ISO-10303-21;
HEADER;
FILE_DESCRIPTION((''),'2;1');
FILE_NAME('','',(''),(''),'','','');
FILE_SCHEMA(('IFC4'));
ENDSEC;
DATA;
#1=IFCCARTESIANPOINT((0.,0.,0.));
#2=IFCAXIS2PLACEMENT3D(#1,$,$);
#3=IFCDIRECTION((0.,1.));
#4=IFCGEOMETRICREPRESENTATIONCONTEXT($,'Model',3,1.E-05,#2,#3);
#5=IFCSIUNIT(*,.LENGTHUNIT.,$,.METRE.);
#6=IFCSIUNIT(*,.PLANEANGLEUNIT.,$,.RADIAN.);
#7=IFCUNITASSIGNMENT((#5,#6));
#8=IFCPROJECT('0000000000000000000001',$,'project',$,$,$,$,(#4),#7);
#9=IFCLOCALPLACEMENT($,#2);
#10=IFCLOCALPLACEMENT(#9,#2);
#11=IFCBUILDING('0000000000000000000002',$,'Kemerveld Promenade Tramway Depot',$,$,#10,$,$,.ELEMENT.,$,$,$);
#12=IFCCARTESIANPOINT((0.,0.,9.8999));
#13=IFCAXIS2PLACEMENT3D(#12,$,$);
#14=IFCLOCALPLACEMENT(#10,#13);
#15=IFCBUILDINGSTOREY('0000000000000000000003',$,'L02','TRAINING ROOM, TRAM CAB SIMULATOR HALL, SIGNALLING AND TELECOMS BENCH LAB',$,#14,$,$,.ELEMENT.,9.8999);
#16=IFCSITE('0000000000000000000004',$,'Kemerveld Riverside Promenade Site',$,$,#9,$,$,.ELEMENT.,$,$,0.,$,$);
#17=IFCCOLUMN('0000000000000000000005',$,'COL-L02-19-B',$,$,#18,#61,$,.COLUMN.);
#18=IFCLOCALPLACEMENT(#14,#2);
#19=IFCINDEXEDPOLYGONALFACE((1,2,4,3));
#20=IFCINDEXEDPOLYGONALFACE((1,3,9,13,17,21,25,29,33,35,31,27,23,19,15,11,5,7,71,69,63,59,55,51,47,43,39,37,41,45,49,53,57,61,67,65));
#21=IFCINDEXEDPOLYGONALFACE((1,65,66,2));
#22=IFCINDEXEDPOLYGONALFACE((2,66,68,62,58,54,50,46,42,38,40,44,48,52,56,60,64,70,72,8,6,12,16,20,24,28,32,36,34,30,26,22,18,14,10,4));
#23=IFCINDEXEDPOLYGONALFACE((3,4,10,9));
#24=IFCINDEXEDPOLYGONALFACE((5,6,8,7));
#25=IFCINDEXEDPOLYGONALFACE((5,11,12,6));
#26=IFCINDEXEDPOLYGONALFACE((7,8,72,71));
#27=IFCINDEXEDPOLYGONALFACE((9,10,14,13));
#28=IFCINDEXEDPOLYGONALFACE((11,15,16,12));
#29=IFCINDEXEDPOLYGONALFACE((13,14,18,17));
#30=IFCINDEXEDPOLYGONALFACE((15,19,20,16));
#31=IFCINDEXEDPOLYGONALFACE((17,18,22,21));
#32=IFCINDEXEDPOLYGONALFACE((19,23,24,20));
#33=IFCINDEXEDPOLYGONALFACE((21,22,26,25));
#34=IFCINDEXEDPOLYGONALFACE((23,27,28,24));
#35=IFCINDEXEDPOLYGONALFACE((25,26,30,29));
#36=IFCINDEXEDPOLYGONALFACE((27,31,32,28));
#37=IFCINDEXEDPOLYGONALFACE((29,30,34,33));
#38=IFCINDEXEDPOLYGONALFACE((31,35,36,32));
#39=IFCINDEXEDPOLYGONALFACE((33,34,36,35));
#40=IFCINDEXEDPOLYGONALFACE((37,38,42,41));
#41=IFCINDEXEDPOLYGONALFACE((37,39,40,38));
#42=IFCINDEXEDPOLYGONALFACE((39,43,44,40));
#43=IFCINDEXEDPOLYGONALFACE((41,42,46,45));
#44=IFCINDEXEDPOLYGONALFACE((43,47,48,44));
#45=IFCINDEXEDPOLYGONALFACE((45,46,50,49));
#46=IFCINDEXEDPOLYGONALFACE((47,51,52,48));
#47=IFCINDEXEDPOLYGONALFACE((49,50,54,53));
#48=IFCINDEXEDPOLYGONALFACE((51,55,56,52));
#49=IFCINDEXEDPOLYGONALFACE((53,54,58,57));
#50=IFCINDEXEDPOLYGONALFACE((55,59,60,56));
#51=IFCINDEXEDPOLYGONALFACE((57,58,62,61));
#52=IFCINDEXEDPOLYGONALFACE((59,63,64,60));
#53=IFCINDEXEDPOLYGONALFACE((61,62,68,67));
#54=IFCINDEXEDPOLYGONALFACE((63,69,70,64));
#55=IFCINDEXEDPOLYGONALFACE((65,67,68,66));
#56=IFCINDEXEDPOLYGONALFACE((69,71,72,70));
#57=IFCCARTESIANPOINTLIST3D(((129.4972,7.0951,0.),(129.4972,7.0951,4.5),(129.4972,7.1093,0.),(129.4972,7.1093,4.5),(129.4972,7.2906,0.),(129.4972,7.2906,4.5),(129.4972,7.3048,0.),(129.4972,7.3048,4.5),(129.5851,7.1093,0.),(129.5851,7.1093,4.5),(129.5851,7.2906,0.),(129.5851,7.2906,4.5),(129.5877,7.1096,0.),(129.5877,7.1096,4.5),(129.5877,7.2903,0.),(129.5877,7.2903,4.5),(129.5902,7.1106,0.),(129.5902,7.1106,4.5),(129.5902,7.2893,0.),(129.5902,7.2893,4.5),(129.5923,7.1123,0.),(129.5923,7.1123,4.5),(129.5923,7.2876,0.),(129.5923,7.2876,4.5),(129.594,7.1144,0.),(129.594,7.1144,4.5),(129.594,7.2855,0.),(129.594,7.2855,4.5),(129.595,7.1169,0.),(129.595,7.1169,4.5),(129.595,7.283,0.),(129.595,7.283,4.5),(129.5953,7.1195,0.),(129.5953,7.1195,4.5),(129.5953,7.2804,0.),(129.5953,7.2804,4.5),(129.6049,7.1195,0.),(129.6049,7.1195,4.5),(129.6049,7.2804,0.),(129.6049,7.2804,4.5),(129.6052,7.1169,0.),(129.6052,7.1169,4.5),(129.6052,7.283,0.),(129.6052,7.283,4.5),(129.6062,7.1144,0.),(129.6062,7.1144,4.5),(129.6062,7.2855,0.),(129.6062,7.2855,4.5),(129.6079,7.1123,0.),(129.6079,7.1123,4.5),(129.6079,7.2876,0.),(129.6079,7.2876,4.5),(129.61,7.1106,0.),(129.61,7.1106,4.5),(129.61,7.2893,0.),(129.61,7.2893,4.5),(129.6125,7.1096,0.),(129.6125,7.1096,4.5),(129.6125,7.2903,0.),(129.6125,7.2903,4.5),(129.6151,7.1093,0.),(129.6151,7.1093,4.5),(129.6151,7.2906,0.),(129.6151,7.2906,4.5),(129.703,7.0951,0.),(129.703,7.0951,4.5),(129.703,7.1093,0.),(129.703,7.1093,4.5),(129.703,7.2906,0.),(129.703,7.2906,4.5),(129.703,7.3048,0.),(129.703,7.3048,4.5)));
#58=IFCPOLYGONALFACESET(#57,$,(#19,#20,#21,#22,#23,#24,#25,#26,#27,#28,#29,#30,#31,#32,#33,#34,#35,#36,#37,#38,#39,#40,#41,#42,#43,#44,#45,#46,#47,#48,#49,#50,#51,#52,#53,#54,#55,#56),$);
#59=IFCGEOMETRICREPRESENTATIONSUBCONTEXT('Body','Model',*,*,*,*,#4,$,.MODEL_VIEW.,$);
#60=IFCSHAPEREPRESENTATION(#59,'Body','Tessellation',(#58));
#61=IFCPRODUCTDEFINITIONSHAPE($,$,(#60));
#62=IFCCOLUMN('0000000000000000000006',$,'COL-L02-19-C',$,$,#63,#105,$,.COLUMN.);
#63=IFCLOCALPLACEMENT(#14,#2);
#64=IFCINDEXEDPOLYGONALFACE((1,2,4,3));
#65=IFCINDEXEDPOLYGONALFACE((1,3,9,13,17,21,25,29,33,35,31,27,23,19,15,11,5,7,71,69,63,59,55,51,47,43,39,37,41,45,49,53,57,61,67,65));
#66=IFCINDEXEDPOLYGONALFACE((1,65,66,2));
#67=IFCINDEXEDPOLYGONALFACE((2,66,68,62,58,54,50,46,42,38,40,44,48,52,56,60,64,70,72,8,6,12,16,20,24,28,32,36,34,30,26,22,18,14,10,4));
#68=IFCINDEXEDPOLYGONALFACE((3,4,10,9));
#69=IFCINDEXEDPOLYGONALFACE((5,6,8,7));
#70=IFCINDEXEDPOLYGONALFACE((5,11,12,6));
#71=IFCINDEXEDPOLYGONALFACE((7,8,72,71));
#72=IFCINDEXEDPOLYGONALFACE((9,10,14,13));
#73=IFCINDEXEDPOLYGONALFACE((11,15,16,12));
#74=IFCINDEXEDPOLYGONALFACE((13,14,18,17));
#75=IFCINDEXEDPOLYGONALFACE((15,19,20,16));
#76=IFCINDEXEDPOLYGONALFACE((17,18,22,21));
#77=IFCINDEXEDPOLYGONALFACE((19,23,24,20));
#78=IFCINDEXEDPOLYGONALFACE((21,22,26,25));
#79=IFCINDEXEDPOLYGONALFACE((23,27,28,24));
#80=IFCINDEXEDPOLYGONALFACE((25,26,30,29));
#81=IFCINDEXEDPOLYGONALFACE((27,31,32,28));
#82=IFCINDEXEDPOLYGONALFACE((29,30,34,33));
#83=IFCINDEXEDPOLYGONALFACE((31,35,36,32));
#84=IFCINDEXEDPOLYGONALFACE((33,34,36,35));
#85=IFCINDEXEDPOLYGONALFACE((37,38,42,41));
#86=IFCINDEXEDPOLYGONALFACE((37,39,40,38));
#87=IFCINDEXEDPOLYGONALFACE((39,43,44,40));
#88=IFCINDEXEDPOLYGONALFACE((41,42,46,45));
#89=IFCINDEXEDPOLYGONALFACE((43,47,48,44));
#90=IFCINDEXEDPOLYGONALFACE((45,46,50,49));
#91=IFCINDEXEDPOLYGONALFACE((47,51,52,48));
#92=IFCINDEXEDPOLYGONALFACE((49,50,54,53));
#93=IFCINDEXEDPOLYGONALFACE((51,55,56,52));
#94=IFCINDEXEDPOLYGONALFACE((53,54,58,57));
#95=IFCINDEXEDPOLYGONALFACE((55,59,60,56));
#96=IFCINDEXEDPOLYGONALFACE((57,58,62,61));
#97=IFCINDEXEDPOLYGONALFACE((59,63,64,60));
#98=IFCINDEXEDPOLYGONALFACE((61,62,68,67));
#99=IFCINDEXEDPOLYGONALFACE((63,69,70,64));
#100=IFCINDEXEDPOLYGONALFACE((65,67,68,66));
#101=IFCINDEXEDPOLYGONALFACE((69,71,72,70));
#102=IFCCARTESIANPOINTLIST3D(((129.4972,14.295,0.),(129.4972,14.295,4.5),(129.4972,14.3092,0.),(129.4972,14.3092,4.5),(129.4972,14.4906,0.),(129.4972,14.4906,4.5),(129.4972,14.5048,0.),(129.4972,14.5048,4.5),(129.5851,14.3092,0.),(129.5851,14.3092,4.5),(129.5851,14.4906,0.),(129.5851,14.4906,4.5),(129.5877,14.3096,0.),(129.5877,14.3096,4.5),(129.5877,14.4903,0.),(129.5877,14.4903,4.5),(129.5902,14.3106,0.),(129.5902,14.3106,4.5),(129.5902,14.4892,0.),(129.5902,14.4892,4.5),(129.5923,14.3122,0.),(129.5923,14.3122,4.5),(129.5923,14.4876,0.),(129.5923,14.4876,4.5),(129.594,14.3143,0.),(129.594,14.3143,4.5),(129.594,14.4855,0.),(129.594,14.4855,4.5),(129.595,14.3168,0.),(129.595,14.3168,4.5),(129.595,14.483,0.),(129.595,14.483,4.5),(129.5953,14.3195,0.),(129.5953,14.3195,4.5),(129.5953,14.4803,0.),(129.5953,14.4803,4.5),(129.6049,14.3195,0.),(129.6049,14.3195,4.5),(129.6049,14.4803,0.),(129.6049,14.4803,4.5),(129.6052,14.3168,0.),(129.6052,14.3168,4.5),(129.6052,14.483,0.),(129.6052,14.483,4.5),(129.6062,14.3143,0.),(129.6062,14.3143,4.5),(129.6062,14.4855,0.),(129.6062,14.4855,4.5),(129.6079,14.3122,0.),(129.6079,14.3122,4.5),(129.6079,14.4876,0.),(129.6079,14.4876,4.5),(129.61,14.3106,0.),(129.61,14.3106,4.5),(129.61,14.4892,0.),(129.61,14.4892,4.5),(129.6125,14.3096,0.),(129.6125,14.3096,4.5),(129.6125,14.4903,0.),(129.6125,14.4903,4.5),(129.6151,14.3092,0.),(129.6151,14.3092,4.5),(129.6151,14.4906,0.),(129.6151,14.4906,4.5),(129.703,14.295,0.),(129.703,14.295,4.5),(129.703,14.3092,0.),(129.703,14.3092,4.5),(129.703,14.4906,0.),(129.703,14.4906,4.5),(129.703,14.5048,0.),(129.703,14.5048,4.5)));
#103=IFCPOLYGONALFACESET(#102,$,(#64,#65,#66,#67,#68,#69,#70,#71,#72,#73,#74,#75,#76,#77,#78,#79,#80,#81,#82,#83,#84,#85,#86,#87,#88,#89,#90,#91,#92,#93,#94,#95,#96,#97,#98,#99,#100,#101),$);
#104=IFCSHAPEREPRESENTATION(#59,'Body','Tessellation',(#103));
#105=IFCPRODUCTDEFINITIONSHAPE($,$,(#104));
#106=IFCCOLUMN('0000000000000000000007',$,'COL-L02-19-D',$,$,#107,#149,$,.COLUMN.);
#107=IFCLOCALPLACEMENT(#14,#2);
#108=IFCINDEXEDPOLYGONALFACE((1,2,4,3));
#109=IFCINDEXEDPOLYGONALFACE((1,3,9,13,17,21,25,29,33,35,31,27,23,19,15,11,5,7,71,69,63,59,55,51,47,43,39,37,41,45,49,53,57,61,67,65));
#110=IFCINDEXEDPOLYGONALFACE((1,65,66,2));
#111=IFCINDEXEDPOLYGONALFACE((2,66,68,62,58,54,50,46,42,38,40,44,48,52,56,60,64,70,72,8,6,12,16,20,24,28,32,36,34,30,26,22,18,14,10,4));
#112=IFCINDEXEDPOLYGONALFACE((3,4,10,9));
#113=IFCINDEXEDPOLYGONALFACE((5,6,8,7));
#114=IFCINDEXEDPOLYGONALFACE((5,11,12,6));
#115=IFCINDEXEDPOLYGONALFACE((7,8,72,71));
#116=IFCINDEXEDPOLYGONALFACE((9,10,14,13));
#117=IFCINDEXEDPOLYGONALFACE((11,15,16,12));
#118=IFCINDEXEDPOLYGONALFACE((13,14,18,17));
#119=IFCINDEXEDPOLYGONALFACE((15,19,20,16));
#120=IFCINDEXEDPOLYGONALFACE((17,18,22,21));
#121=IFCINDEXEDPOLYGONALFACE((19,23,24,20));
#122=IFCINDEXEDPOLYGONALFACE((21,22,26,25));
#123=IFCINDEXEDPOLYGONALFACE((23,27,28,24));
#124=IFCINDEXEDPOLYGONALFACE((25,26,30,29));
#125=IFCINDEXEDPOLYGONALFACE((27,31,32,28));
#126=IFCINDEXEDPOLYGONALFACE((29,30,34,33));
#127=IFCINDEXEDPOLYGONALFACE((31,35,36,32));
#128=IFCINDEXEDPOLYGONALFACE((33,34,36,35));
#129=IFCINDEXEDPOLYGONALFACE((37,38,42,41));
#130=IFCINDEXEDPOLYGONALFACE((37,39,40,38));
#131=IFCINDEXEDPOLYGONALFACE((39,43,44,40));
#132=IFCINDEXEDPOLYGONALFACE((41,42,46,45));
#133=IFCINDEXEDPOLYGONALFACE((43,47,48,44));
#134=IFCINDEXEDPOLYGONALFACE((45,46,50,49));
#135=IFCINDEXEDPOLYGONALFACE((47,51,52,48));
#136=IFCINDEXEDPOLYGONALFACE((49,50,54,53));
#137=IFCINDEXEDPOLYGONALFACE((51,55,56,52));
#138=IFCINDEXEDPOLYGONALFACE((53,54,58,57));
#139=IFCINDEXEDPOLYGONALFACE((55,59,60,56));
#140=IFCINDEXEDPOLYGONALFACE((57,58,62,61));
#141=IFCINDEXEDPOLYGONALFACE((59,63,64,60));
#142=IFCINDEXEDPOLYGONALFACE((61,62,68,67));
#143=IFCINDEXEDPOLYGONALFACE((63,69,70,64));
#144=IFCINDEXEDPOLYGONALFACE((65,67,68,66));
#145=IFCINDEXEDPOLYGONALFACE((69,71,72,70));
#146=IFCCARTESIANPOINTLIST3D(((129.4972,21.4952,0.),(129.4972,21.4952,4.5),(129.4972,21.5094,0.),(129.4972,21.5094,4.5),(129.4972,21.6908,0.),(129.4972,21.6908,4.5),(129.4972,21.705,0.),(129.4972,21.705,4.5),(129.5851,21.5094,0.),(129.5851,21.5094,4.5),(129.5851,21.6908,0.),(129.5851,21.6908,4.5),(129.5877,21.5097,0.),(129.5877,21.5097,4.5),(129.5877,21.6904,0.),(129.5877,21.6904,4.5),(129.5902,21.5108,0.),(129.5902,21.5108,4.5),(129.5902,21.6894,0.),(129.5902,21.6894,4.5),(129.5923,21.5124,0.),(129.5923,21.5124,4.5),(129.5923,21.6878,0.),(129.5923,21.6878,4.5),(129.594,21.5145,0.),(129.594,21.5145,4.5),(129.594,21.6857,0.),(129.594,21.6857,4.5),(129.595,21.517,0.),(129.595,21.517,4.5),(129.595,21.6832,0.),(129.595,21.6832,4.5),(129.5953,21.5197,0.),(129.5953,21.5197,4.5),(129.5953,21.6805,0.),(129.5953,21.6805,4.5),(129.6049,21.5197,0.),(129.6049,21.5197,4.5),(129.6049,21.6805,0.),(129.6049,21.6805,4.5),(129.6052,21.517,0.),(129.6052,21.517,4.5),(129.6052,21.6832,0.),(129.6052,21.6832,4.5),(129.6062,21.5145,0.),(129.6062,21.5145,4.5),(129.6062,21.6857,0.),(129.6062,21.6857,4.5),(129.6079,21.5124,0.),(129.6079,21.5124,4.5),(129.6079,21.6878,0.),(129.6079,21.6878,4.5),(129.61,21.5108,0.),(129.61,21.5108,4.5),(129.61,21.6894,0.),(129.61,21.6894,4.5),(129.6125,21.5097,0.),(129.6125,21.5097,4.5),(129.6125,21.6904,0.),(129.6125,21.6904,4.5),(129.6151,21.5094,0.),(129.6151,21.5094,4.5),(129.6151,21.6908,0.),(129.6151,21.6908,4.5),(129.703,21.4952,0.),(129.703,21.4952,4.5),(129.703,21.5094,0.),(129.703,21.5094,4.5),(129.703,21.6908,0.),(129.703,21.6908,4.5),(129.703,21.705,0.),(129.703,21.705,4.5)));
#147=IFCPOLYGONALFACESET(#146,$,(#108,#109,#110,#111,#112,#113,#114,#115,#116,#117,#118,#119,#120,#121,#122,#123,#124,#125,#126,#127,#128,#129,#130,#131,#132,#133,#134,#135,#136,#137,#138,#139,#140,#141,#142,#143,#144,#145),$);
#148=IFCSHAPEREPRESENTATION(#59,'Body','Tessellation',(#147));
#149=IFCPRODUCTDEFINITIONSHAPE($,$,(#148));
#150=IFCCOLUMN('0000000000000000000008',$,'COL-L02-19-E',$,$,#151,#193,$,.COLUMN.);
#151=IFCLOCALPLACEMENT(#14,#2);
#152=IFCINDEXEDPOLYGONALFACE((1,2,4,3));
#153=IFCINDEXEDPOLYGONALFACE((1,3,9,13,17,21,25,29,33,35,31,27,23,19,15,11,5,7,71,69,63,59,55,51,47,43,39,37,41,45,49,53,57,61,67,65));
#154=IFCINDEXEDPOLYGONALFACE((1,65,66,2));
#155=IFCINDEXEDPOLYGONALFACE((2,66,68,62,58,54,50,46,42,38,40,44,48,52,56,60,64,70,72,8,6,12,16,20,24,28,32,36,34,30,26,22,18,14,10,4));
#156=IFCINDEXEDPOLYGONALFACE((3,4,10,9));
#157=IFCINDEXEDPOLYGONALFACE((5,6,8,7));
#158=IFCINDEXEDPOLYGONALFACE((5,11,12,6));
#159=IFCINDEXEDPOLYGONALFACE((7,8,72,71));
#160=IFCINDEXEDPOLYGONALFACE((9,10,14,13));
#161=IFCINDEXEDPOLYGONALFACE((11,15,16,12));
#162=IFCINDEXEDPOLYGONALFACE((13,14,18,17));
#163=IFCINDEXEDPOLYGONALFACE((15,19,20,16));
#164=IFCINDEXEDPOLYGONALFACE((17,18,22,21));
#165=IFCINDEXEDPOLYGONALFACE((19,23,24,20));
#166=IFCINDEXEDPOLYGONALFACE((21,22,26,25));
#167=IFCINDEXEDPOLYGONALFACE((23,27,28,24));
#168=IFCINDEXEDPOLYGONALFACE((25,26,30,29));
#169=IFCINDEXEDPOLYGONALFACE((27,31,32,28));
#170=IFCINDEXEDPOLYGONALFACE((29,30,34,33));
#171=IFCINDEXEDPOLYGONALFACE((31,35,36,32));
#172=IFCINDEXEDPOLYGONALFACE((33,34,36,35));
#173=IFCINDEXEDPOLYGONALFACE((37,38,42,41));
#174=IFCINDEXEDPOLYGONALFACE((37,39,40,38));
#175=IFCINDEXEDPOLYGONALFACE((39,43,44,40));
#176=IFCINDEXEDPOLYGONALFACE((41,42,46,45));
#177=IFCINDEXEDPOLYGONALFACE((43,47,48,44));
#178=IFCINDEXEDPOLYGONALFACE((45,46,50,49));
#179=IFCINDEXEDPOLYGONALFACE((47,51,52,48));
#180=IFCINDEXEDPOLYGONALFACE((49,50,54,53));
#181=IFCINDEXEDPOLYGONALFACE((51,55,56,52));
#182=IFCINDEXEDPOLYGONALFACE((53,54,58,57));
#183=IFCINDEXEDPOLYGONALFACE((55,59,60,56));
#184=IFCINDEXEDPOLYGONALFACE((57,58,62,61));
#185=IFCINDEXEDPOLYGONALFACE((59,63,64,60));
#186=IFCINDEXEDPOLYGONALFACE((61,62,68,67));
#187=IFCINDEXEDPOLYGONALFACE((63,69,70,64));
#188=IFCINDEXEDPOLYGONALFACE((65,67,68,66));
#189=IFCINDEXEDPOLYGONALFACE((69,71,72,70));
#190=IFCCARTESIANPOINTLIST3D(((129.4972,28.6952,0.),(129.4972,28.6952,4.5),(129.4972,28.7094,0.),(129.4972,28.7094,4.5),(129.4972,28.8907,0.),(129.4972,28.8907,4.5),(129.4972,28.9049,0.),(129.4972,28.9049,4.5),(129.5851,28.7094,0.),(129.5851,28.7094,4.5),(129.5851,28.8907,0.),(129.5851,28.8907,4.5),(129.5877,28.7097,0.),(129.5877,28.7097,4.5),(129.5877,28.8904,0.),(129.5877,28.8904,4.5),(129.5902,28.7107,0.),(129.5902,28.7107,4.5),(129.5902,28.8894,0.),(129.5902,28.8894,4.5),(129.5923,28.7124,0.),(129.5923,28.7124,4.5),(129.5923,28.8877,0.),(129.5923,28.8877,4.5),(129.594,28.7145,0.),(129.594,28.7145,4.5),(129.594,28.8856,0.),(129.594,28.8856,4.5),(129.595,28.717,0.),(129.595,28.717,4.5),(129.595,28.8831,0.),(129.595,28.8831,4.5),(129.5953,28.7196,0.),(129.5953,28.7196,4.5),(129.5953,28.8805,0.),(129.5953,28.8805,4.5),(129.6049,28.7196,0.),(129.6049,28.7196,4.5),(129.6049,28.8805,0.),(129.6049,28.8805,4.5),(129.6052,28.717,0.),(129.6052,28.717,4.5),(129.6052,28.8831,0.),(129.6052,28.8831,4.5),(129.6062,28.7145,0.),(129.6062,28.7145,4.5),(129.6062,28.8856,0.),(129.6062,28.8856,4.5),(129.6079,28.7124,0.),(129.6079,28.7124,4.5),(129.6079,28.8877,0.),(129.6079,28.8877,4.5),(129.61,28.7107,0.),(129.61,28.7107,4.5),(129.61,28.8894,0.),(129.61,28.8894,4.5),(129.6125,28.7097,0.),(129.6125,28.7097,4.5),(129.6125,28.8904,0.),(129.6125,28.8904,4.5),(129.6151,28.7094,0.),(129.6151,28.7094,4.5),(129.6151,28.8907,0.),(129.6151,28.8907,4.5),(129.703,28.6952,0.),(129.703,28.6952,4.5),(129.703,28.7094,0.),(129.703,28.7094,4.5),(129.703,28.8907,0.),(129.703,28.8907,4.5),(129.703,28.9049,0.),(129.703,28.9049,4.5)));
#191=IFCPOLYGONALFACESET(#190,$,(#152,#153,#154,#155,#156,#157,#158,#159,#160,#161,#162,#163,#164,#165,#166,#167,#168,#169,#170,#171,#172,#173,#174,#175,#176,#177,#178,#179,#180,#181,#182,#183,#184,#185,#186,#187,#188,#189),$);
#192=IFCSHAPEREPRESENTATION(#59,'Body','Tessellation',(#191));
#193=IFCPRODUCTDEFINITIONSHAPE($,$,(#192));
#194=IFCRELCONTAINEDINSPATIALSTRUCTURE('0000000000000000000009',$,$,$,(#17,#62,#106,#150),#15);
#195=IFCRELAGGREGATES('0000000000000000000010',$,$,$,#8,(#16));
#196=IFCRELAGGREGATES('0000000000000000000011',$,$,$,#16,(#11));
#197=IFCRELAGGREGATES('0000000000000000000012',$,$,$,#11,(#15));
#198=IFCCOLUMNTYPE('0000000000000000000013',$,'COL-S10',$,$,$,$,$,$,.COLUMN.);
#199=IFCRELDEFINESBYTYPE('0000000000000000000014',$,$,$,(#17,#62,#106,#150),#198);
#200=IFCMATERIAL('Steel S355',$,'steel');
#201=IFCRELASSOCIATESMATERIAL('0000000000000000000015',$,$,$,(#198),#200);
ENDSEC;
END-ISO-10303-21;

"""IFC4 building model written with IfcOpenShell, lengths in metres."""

from ifc_helpers import new_model, si_unit, direction, frame, origin, origin_2d, place, context, subcontext, project, spatial, i_section, extrude, material, material_profile, profile_set, type_object, element, save


model = new_model("IFC4")

# Units and contexts
model_context = context("Model", 3, precision=1e-05, world=origin(), true_north=direction((0.0, 1.0)))
body_context = subcontext(model_context, "Body", "Model", "MODEL_VIEW")
ifc_project = project(units=[si_unit("LENGTHUNIT", "METRE"), si_unit("PLANEANGLEUNIT", "RADIAN")], contexts=[model_context])

# Site, building, storey
site_placement = place(None, origin())
site = spatial("IfcSite", under=ifc_project, at=site_placement, Name="Kemerveld Riverside Promenade Site", CompositionType="ELEMENT", RefElevation=0.0)
building_placement = place(site_placement, origin())
building = spatial("IfcBuilding", under=site, at=building_placement, Name="Kemerveld Promenade Tramway Depot", CompositionType="ELEMENT")
storey_placement = place(building_placement, frame((0.0, 0.0, 9.8999)))
storey = spatial("IfcBuildingStorey", under=building, at=storey_placement, Name="L02", Description="TRAINING ROOM, TRAM CAB SIMULATOR HALL, SIGNALLING AND TELECOMS BENCH LAB", CompositionType="ELEMENT", Elevation=9.8999)

# Columns
ifc_material_1 = material(Name="Steel S355", Category="steel")
ifc_material_profile_1 = material_profile(ifc_material_1, i_section(OverallWidth=0.2058, OverallDepth=0.2097, WebThickness=0.0095, FlangeThickness=0.0142, FilletRadius=0.0103, at=origin_2d()), Name="203x203x60 UC")
ifc_profile_set_1 = profile_set([ifc_material_profile_1], Name="Steel S355")
column_type = type_object("IfcColumnType", Name="COL-S10", PredefinedType="COLUMN", material=ifc_profile_set_1)
for number, where, z_axis, x_axis, name in (
    (1, (129.6001, 7.2, 0.0), (0.0, 0.0, 1.0), (1.0, 0.0, 0.0), "COL-L02-19-B"),
    (2, (129.6001, 14.3999, 0.0), (0.0, 0.0, 1.0), (1.0, 0.0, 0.0), "COL-L02-19-C"),
    (3, (129.6001, 21.6001, 0.0), (0.0, 0.0, 1.0), (1.0, 0.0, 0.0), "COL-L02-19-D"),
    (4, (129.6001, 28.8, 0.0), (0.0, 0.0, 1.0), (1.0, 0.0, 0.0), "COL-L02-19-E"),
):
    element("IfcColumn", number, at=place(storey_placement, frame(where, z_axis=z_axis, x_axis=x_axis)), inside=storey, type_object=column_type, Name=name, PredefinedType="COLUMN", context=body_context, shape_type="SweptSolid", body=[
        extrude(i_section(OverallWidth=0.2058, OverallDepth=0.2097, WebThickness=0.0095, FlangeThickness=0.0142, FilletRadius=0.0103, at=origin_2d()), origin(), (0.0, 0.0, 1.0), 4.5),
    ])

save(model, "model.ifc")
